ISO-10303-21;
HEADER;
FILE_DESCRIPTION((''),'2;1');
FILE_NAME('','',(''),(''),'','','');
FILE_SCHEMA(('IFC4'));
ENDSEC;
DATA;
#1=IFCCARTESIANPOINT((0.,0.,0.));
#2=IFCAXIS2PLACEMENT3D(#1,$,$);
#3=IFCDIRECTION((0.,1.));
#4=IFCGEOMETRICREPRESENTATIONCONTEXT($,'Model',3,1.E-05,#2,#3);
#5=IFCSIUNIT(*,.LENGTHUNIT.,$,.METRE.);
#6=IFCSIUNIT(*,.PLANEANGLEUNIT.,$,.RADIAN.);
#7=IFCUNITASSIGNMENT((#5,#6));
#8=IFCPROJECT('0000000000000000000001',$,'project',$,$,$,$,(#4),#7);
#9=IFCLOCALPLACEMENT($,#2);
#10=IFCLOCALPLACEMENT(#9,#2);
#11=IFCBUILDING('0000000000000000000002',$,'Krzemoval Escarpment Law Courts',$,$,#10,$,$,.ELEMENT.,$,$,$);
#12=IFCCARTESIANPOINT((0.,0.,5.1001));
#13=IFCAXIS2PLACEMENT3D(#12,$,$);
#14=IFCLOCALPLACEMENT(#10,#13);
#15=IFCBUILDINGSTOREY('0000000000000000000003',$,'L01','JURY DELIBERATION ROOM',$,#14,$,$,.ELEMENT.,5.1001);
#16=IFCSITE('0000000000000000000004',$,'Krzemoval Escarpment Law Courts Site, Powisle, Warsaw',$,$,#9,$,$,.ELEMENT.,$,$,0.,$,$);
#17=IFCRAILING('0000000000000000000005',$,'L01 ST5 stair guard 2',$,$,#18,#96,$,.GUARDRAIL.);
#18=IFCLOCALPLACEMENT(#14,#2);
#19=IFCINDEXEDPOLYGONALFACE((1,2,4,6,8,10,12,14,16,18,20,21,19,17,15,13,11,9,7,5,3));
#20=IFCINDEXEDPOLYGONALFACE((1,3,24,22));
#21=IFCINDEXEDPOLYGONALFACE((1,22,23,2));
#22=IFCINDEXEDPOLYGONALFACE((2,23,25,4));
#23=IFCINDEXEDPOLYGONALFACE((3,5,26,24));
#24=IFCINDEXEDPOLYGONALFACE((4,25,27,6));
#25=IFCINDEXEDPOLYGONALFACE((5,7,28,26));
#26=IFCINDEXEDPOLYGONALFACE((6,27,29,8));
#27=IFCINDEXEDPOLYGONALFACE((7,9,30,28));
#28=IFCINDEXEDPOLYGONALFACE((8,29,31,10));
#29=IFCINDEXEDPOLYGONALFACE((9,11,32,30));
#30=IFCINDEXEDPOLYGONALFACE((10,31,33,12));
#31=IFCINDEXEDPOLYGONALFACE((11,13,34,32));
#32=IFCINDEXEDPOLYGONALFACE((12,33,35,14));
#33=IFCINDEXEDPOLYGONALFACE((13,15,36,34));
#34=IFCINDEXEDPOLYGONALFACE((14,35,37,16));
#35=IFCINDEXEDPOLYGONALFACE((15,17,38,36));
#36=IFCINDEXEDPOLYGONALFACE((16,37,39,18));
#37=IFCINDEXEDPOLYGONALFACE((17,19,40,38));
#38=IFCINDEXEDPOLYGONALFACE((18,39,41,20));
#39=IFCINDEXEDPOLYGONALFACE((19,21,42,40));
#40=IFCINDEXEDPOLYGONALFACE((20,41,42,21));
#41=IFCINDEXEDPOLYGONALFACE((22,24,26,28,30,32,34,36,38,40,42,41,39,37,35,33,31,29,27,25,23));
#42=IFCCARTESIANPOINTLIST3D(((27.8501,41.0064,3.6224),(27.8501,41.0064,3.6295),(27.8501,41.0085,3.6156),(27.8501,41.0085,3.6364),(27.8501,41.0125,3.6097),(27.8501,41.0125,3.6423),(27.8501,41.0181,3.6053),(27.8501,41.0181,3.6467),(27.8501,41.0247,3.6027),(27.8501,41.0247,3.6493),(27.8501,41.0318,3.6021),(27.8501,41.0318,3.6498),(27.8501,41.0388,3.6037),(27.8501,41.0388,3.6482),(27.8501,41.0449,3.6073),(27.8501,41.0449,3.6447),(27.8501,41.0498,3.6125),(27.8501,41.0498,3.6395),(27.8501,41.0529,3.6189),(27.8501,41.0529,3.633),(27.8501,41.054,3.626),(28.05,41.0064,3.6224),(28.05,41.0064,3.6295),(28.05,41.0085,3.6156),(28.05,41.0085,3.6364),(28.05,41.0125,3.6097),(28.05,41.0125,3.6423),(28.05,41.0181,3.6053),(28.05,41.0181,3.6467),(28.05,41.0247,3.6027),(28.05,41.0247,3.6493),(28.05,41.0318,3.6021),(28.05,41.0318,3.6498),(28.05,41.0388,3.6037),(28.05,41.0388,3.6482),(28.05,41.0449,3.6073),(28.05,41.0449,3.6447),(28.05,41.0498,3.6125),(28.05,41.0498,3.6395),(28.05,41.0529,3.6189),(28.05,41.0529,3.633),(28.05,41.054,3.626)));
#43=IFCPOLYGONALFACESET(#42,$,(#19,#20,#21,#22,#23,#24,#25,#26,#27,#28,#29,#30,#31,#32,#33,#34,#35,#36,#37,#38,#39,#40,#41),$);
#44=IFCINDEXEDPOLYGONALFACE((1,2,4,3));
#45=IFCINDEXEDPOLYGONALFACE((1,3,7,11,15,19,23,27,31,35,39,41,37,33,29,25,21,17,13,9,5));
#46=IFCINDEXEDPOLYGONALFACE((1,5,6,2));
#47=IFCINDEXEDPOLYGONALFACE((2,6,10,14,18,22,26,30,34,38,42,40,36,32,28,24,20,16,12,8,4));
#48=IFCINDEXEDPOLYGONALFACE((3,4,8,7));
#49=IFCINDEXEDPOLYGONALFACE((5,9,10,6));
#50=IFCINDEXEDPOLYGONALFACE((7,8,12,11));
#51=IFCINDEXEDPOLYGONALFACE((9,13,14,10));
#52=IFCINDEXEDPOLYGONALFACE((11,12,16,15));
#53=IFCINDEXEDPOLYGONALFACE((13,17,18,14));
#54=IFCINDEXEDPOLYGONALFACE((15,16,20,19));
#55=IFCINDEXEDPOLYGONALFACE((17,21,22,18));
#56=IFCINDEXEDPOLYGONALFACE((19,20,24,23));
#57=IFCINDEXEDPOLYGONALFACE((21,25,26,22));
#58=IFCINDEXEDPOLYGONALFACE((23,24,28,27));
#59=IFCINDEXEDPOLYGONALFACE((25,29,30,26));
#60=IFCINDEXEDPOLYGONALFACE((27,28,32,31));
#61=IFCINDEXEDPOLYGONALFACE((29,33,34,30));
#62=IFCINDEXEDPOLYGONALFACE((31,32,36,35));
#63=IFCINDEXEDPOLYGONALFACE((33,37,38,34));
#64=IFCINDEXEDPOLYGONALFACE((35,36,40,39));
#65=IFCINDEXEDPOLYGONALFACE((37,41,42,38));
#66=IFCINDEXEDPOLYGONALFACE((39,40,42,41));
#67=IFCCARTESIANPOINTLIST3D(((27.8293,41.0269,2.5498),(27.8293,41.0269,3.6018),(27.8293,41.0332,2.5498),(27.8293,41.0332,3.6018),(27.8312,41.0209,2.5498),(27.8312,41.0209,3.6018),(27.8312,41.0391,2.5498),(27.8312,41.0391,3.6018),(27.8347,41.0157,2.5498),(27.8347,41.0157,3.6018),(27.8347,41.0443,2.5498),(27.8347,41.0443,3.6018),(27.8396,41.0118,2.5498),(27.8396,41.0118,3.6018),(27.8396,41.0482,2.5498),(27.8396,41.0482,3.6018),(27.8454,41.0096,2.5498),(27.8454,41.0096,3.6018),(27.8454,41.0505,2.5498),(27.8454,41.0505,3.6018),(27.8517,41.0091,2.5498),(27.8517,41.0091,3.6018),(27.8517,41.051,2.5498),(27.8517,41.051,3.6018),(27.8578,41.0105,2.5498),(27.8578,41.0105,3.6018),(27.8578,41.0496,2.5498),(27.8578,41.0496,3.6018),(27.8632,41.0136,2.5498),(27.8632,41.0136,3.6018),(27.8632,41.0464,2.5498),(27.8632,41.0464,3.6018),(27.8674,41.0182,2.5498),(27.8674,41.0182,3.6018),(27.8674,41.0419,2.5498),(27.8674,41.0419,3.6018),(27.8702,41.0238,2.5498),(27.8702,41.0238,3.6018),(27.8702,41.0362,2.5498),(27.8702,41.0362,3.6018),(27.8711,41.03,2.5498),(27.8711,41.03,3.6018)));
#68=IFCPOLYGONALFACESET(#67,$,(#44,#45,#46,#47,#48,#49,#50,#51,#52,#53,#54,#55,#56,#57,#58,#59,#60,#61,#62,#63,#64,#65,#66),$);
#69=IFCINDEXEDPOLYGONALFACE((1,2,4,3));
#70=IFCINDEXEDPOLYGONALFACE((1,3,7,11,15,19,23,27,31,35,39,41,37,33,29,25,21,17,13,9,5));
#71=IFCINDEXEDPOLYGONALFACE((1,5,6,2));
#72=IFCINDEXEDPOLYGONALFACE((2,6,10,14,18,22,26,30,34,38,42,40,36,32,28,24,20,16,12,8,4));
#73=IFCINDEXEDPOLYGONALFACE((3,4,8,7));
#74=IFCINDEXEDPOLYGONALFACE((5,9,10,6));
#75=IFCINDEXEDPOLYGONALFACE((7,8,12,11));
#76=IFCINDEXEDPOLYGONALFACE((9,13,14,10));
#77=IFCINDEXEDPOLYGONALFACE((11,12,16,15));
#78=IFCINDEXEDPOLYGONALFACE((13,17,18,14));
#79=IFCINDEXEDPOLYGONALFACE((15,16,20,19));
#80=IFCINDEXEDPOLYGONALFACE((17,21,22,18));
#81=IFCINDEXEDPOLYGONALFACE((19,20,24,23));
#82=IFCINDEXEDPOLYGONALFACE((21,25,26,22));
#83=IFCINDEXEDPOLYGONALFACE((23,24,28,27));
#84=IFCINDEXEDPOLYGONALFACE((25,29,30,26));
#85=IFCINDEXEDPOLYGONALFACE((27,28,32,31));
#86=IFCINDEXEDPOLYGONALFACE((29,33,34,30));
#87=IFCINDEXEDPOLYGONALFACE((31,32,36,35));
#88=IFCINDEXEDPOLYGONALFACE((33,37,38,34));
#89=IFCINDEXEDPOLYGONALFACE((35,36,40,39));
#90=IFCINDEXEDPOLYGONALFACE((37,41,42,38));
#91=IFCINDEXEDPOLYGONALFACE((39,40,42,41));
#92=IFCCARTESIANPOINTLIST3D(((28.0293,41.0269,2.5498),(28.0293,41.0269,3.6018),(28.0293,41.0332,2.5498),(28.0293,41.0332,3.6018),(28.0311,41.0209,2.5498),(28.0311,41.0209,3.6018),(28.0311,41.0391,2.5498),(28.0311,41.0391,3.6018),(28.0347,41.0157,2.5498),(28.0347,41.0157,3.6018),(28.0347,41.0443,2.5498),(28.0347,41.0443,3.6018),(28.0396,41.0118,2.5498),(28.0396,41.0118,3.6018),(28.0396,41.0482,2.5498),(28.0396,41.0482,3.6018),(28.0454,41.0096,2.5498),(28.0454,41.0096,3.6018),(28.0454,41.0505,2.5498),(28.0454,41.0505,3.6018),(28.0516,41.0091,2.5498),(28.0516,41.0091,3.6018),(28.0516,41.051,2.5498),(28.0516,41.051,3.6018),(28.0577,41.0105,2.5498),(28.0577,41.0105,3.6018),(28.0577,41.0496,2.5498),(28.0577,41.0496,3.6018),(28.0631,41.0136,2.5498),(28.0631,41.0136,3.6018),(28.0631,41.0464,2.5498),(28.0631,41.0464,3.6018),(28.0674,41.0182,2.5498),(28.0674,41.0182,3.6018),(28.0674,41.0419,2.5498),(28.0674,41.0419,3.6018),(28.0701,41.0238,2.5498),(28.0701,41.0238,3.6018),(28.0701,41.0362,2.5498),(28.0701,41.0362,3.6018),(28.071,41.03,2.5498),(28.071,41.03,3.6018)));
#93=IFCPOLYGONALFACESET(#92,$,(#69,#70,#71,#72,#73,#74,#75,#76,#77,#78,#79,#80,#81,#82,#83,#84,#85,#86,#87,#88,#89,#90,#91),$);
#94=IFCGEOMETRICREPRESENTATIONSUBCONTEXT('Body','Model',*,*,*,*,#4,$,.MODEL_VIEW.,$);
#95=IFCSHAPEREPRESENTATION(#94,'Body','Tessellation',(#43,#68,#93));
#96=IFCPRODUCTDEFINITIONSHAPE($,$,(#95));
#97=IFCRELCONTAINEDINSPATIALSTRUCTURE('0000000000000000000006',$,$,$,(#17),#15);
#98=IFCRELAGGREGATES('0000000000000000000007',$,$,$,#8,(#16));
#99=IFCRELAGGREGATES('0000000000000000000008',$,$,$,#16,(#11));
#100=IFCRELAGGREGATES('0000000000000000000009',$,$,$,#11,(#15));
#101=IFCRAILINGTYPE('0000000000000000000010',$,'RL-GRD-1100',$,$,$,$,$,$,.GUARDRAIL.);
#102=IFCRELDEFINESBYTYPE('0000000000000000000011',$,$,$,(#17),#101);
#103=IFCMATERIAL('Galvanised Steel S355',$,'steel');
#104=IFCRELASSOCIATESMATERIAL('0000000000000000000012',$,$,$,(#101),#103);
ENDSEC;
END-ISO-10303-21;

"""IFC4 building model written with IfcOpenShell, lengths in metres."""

from ifc_helpers import new_model, si_unit, direction, frame, origin, origin_2d, place, context, subcontext, project, spatial, circle, extrude, material, type_object, element, save


model = new_model("IFC4")

# Units and contexts
model_context = context("Model", 3, precision=1e-05, world=origin(), true_north=direction((0.0, 1.0)))
body_context = subcontext(model_context, "Body", "Model", "MODEL_VIEW")
ifc_project = project(units=[si_unit("LENGTHUNIT", "METRE"), si_unit("PLANEANGLEUNIT", "RADIAN")], contexts=[model_context])

# Site, building, storey
site_placement = place(None, origin())
site = spatial("IfcSite", under=ifc_project, at=site_placement, Name="Krzemoval Escarpment Law Courts Site, Powisle, Warsaw", CompositionType="ELEMENT", RefElevation=0.0)
building_placement = place(site_placement, origin())
building = spatial("IfcBuilding", under=site, at=building_placement, Name="Krzemoval Escarpment Law Courts", CompositionType="ELEMENT")
storey_placement = place(building_placement, frame((0.0, 0.0, 5.1001)))
storey = spatial("IfcBuildingStorey", under=building, at=storey_placement, Name="L01", Description="JURY DELIBERATION ROOM", CompositionType="ELEMENT", Elevation=5.1001)

# Railing
ifc_material_1 = material(Name="Galvanised Steel S355", Category="steel")
railing_type_1 = type_object("IfcRailingType", Name="RL-GRD-1100", PredefinedType="GUARDRAIL", material=ifc_material_1)
railing_1_placement = place(storey_placement, frame((27.8501, 41.03, 2.5498)))
element("IfcRailing", 1, at=railing_1_placement, inside=storey, type_object=railing_type_1, Name="L01 ST5 stair guard 2", PredefinedType="GUARDRAIL", context=body_context, shape_type="SweptSolid", body=[
    extrude(circle(Radius=0.0239, at=origin_2d()), frame((0.0, 0.0, 1.0762), z_axis=(1.0, 0.0, 0.0), x_axis=(0.0, 1.0, 0.0)), (0.0, 0.0, 1.0), 0.2),
    extrude(circle(Radius=0.021, at=origin_2d()), origin(), (0.0, 0.0, 1.0), 1.052),
    extrude(circle(Radius=0.021, at=origin_2d()), frame((0.2, 0.0, 0.0)), (0.0, 0.0, 1.0), 1.052),
])

save(model, "model.ifc")
